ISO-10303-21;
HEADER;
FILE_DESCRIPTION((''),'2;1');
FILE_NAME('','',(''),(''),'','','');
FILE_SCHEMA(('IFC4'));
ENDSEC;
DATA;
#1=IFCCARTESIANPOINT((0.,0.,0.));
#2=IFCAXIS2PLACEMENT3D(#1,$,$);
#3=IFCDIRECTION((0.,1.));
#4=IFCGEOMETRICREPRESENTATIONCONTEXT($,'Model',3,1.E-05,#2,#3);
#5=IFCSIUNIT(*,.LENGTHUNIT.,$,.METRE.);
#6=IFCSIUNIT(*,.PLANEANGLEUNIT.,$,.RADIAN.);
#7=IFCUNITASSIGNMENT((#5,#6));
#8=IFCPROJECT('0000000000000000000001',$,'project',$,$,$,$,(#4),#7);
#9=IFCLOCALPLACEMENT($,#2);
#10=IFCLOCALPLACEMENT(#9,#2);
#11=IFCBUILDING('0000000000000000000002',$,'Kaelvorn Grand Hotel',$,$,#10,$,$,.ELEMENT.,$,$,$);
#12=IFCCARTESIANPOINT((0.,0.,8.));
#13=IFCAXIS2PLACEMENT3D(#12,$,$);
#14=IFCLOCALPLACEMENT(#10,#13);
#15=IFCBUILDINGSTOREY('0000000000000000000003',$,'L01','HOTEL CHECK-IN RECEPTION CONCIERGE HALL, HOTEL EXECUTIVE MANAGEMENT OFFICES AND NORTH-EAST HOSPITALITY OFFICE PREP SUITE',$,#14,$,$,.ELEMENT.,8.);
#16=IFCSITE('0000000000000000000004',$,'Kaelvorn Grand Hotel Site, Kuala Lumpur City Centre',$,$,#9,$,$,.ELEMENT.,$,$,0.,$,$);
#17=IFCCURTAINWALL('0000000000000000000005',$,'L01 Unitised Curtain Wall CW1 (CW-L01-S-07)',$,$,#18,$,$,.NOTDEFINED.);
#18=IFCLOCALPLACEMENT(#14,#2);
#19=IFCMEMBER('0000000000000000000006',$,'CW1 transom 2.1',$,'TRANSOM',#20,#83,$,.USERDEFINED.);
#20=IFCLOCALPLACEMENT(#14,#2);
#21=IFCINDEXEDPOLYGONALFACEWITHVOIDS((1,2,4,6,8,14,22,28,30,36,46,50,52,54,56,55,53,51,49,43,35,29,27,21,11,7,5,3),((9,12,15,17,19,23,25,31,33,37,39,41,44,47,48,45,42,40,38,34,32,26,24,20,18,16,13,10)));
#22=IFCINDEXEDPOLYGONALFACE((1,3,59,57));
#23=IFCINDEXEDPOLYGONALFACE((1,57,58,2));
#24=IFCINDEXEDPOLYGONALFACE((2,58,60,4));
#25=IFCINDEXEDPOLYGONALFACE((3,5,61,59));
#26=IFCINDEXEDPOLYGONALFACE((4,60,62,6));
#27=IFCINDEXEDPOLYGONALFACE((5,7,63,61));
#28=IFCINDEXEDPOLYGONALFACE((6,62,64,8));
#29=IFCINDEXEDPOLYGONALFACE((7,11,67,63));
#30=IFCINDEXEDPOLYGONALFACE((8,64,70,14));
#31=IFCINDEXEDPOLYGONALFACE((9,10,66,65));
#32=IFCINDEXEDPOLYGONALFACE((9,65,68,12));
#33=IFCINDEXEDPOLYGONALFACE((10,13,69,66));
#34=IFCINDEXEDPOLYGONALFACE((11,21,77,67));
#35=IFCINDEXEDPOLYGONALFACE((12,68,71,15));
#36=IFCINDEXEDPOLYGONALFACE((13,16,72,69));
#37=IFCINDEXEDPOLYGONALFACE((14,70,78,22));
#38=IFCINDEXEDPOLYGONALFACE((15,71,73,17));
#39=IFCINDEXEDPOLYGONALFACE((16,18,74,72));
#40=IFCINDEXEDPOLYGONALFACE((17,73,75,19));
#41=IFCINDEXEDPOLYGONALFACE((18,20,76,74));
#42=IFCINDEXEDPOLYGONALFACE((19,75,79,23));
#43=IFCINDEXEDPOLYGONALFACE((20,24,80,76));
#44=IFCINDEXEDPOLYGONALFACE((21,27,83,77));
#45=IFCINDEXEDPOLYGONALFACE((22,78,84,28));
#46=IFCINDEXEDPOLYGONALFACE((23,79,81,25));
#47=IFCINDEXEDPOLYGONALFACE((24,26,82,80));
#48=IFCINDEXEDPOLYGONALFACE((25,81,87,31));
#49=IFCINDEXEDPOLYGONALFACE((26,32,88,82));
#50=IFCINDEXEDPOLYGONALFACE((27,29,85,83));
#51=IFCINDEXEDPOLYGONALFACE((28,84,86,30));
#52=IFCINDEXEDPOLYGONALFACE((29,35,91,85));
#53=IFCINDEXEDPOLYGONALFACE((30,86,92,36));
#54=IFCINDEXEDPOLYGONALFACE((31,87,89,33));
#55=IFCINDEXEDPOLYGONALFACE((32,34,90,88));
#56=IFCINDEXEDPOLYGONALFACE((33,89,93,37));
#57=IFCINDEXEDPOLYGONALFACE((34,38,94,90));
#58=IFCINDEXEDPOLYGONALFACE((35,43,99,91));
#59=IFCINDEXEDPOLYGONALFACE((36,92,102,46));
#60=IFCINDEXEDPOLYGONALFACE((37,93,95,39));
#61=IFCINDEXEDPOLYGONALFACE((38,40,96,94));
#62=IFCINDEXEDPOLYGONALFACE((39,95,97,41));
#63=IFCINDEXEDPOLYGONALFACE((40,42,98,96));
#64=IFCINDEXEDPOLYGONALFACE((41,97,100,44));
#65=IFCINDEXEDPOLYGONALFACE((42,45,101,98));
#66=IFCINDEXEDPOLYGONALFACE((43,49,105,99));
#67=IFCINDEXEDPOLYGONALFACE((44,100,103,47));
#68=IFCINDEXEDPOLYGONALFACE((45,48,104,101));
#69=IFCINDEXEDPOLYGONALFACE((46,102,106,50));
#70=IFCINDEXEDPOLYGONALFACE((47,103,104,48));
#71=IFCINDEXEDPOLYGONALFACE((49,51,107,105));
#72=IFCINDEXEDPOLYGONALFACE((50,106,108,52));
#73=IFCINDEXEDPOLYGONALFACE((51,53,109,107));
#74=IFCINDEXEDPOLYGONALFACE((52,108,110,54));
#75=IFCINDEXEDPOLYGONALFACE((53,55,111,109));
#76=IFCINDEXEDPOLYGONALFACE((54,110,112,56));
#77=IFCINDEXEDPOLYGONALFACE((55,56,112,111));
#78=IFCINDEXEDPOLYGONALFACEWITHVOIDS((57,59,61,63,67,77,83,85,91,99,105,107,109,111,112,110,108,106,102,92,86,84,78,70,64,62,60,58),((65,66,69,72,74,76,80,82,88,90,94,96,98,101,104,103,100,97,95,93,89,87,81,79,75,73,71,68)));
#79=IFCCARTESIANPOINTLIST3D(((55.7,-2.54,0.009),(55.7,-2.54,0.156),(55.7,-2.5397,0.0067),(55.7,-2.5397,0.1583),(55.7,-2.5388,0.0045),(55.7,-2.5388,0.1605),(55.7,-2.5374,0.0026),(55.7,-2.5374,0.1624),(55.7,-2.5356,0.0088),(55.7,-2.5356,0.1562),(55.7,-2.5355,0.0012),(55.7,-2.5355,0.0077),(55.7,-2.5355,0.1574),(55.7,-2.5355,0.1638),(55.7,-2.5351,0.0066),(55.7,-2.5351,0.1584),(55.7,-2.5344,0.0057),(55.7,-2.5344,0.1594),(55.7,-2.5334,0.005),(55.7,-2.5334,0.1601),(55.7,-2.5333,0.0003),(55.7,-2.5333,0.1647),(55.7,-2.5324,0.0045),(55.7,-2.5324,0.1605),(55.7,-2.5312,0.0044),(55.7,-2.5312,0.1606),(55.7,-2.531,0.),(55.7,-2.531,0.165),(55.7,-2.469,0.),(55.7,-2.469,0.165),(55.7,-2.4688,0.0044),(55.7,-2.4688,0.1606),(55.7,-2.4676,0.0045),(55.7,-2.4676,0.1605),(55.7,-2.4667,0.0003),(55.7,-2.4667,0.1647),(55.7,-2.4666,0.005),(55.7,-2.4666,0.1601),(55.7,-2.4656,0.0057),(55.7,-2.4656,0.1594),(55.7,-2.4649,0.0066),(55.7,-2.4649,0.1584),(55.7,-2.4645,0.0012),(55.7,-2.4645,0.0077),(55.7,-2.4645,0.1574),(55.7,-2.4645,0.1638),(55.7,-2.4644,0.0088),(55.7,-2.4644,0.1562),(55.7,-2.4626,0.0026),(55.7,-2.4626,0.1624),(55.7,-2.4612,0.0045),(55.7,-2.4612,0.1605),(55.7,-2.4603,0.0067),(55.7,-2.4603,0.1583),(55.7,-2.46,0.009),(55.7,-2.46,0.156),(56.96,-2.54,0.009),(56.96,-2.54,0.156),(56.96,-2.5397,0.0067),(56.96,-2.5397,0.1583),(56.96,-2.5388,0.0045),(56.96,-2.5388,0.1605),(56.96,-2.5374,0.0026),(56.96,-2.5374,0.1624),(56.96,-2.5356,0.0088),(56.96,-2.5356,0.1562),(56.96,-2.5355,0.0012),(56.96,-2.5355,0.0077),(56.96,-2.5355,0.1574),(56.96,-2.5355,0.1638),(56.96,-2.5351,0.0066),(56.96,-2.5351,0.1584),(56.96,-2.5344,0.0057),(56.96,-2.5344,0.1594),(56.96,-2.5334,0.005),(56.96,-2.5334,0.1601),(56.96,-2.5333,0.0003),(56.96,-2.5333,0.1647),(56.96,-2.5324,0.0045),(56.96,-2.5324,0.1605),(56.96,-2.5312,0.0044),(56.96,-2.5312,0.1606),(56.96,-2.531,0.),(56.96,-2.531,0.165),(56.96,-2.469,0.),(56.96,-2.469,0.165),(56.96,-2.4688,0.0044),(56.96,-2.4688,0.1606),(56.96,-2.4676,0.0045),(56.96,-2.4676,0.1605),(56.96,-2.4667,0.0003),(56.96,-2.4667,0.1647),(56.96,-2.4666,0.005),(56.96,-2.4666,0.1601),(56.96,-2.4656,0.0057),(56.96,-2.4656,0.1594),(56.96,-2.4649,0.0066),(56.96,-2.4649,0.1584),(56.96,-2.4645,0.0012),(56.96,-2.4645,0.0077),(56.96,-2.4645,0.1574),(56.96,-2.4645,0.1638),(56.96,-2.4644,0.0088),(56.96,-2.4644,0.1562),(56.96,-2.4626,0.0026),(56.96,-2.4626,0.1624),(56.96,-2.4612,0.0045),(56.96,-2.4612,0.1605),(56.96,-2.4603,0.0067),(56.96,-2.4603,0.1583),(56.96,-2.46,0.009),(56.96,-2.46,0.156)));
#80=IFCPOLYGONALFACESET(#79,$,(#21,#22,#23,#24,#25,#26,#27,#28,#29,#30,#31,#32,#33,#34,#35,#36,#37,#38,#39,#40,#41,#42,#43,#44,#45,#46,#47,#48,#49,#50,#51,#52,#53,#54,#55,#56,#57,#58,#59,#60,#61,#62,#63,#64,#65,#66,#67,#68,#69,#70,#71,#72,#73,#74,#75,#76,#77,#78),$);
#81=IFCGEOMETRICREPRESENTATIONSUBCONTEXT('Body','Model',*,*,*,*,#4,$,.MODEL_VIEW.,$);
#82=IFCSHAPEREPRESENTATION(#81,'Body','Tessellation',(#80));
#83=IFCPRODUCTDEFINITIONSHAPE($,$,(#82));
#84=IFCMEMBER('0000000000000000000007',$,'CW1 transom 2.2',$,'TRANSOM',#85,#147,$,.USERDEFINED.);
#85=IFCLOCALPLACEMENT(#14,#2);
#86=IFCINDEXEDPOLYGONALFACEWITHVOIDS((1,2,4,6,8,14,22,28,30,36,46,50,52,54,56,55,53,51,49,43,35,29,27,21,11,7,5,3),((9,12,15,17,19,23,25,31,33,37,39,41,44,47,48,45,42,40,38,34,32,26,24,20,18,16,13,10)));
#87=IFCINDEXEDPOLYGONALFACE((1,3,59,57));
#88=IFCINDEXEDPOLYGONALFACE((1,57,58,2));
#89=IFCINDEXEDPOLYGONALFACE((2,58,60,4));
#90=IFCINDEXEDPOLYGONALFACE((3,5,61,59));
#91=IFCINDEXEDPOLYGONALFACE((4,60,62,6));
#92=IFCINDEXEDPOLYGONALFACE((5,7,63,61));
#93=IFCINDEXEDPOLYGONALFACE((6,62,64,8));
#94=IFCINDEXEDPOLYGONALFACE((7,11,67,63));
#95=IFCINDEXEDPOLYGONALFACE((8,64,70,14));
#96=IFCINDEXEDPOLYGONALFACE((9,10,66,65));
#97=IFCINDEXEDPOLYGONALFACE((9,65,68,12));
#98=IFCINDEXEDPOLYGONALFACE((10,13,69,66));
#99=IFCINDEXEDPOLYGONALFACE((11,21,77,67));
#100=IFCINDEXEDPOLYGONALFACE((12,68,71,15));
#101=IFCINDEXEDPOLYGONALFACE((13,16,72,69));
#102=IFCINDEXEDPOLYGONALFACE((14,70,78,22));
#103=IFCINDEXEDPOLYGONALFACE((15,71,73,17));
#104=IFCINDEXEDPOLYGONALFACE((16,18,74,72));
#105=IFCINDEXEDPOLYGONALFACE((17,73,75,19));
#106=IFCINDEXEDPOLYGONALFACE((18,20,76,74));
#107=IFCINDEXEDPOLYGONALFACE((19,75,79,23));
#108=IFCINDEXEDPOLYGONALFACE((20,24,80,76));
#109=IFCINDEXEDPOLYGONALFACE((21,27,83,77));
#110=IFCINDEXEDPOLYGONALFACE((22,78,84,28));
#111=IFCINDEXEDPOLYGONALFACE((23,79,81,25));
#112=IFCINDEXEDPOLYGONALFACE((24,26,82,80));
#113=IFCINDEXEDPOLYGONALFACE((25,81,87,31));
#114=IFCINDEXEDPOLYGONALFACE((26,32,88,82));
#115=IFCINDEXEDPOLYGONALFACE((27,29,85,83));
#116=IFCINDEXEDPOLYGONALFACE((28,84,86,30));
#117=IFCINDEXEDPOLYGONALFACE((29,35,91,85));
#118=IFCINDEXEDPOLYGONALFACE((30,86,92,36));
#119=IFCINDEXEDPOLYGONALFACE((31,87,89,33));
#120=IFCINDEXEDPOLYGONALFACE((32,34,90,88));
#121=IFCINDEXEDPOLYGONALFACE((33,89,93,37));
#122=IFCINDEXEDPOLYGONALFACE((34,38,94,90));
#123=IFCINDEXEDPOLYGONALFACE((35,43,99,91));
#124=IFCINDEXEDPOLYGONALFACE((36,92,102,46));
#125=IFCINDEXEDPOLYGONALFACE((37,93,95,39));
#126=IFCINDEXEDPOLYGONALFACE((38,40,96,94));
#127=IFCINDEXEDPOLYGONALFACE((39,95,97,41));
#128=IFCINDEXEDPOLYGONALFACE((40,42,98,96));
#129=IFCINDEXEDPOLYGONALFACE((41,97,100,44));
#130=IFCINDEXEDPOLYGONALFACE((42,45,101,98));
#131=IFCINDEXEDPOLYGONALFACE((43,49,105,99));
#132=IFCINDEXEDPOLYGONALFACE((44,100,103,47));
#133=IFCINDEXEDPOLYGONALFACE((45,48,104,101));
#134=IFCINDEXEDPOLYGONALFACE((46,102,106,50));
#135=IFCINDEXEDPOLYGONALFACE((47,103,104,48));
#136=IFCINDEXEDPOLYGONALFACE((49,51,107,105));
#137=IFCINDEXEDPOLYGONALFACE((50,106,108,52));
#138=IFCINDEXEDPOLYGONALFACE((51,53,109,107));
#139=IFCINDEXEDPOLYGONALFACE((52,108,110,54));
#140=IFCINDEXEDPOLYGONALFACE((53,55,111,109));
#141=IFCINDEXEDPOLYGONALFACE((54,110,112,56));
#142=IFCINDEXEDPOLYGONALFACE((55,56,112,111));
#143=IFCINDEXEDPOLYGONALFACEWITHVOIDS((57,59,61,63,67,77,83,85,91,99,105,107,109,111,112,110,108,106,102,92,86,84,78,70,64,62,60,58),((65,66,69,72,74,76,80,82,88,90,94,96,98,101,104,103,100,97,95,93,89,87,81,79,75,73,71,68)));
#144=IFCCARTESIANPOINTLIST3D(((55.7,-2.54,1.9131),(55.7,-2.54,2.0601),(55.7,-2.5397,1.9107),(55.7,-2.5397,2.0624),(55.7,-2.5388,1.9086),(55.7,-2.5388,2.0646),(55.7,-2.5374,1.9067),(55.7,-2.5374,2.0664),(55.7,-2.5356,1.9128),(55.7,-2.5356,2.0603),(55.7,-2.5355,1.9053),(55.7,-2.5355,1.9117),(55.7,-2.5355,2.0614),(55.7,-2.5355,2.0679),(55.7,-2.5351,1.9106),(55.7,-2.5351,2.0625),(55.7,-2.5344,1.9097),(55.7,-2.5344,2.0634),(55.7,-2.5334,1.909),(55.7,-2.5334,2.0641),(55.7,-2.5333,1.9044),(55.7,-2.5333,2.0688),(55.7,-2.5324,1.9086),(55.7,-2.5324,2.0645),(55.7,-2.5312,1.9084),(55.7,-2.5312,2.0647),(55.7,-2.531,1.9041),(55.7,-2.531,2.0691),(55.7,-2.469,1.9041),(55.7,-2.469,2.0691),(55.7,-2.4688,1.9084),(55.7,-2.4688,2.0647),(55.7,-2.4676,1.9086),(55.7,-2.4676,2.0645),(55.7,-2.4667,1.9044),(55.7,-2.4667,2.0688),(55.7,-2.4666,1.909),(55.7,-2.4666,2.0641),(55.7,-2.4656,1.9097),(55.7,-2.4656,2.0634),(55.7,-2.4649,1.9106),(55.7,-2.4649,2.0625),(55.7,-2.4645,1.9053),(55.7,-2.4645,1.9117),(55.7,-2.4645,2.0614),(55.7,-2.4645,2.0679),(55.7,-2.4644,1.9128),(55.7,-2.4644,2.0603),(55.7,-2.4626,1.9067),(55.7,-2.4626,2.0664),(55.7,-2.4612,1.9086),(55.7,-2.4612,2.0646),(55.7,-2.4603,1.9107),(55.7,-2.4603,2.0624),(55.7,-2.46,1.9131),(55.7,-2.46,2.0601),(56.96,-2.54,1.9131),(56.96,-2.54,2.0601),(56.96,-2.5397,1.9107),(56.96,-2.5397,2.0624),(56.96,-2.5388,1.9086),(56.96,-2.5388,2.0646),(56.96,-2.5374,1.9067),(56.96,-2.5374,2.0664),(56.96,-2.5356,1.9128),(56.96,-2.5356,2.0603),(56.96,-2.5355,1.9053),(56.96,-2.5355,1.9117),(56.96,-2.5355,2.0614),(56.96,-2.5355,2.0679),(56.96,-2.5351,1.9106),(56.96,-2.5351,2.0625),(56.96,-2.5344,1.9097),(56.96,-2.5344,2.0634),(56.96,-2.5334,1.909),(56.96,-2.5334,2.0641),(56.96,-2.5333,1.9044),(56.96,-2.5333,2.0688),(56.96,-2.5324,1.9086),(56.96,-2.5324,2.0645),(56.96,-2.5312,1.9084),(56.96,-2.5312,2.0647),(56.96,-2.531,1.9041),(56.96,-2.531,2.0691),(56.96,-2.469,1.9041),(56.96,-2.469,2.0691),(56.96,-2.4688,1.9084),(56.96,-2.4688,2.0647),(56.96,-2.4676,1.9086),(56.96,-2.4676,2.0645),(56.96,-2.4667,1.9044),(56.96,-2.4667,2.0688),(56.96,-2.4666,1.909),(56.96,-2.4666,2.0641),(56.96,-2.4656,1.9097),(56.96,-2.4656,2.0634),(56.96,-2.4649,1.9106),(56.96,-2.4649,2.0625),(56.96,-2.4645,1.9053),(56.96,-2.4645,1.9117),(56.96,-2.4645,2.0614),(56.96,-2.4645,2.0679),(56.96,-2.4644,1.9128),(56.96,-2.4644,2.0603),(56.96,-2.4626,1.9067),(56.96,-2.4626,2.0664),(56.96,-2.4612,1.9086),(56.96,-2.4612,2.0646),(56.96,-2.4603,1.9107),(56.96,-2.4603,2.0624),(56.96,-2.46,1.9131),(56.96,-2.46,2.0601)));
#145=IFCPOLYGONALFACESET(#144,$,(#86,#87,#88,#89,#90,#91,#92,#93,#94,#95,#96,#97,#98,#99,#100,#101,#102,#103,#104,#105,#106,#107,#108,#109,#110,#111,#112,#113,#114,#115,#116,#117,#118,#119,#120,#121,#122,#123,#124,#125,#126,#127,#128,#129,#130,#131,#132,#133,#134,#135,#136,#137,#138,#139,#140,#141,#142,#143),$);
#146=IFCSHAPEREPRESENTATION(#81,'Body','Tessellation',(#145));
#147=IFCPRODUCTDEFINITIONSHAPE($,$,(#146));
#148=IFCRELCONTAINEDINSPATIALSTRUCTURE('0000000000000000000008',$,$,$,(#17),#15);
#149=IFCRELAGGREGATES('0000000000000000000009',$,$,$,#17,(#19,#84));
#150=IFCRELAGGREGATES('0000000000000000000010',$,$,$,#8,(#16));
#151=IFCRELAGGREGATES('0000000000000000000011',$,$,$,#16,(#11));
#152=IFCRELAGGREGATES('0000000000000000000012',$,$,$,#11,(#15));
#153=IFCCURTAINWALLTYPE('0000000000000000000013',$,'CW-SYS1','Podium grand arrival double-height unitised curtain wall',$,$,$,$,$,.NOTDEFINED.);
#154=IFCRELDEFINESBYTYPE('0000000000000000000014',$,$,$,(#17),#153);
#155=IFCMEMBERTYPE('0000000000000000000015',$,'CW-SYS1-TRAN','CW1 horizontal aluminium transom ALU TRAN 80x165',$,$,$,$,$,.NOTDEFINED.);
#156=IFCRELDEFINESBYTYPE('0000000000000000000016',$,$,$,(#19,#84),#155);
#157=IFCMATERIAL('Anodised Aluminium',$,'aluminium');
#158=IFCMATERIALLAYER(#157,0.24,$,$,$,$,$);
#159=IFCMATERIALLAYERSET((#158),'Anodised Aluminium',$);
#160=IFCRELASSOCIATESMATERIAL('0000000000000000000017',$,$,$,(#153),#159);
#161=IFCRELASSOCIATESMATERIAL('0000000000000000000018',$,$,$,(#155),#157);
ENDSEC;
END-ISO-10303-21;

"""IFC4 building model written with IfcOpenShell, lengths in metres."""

from ifc_helpers import new_model, si_unit, direction, frame, origin, origin_2d, place, context, subcontext, project, spatial, hollow_rectangle, extrude, material, layer, layer_set, material_profile, profile_set, type_object, element, aggregate, save


model = new_model("IFC4")

# Units and contexts
model_context = context("Model", 3, precision=1e-05, world=origin(), true_north=direction((0.0, 1.0)))
body_context = subcontext(model_context, "Body", "Model", "MODEL_VIEW")
ifc_project = project(units=[si_unit("LENGTHUNIT", "METRE"), si_unit("PLANEANGLEUNIT", "RADIAN")], contexts=[model_context])

# Site, building, storey
site_placement = place(None, origin())
site = spatial("IfcSite", under=ifc_project, at=site_placement, Name="Kaelvorn Grand Hotel Site, Kuala Lumpur City Centre", CompositionType="ELEMENT", RefElevation=0.0)
building_placement = place(site_placement, origin())
building = spatial("IfcBuilding", under=site, at=building_placement, Name="Kaelvorn Grand Hotel", CompositionType="ELEMENT")
storey_placement = place(building_placement, frame((0.0, 0.0, 8.0)))
storey = spatial("IfcBuildingStorey", under=building, at=storey_placement, Name="L01", Description="HOTEL CHECK-IN RECEPTION CONCIERGE HALL, HOTEL EXECUTIVE MANAGEMENT OFFICES AND NORTH-EAST HOSPITALITY OFFICE PREP SUITE", CompositionType="ELEMENT", Elevation=8.0)

# Curtain wall
ifc_material_1 = material(Name="Anodised Aluminium", Category="aluminium")
ifc_layer_1 = layer(ifc_material_1, 0.24)
ifc_layer_set_1 = layer_set([ifc_layer_1], Name="Anodised Aluminium")
curtain_wall_type = type_object("IfcCurtainWallType", Name="CW-SYS1", Description="Podium grand arrival double-height unitised curtain wall", PredefinedType="NOTDEFINED", material=ifc_layer_set_1)
curtain_wall_1_placement = place(storey_placement, origin())
curtain_wall_1 = element("IfcCurtainWall", 1, at=curtain_wall_1_placement, inside=storey, type_object=curtain_wall_type, Name="L01 Unitised Curtain Wall CW1 (CW-L01-S-07)", PredefinedType="NOTDEFINED")

# Members
ifc_material_profile_1 = material_profile(ifc_material_1, hollow_rectangle(XDim=0.0801, YDim=0.165, WallThickness=0.0044, InnerFilletRadius=0.0044, OuterFilletRadius=0.009, at=origin_2d()), Name="ALU TRAN 80x165")
ifc_profile_set_1 = profile_set([ifc_material_profile_1], Name="Anodised Aluminium")
member_type_1 = type_object("IfcMemberType", Name="CW-SYS1-TRAN", Description="CW1 horizontal aluminium transom ALU TRAN 80x165", PredefinedType="NOTDEFINED", material=ifc_profile_set_1)
member_1_placement = place(storey_placement, frame((55.7, -2.5, 0.0825), z_axis=(1.0, 0.0, 0.0), x_axis=(0.0, 1.0, 0.0)))
member_1 = element("IfcMember", 2, at=member_1_placement, type_object=member_type_1, Name="CW1 transom 2.1", ObjectType="TRANSOM", PredefinedType="USERDEFINED", context=body_context, shape_type="SweptSolid", body=[
    extrude(hollow_rectangle(XDim=0.0801, YDim=0.165, WallThickness=0.0044, InnerFilletRadius=0.0044, OuterFilletRadius=0.009, at=origin_2d()), origin(), (0.0, 0.0, 1.0), 1.26),
])
member_2_placement = place(storey_placement, frame((55.7, -2.5, 1.9866), z_axis=(1.0, 0.0, 0.0), x_axis=(0.0, 1.0, 0.0)))
member_2 = element("IfcMember", 3, at=member_2_placement, type_object=member_type_1, Name="CW1 transom 2.2", ObjectType="TRANSOM", PredefinedType="USERDEFINED", context=body_context, shape_type="SweptSolid", body=[
    extrude(hollow_rectangle(XDim=0.0801, YDim=0.165, WallThickness=0.0044, InnerFilletRadius=0.0044, OuterFilletRadius=0.009, at=origin_2d()), origin(), (0.0, 0.0, 1.0), 1.26),
])

aggregate(curtain_wall_1, [member_1, member_2])

save(model, "model.ifc")
